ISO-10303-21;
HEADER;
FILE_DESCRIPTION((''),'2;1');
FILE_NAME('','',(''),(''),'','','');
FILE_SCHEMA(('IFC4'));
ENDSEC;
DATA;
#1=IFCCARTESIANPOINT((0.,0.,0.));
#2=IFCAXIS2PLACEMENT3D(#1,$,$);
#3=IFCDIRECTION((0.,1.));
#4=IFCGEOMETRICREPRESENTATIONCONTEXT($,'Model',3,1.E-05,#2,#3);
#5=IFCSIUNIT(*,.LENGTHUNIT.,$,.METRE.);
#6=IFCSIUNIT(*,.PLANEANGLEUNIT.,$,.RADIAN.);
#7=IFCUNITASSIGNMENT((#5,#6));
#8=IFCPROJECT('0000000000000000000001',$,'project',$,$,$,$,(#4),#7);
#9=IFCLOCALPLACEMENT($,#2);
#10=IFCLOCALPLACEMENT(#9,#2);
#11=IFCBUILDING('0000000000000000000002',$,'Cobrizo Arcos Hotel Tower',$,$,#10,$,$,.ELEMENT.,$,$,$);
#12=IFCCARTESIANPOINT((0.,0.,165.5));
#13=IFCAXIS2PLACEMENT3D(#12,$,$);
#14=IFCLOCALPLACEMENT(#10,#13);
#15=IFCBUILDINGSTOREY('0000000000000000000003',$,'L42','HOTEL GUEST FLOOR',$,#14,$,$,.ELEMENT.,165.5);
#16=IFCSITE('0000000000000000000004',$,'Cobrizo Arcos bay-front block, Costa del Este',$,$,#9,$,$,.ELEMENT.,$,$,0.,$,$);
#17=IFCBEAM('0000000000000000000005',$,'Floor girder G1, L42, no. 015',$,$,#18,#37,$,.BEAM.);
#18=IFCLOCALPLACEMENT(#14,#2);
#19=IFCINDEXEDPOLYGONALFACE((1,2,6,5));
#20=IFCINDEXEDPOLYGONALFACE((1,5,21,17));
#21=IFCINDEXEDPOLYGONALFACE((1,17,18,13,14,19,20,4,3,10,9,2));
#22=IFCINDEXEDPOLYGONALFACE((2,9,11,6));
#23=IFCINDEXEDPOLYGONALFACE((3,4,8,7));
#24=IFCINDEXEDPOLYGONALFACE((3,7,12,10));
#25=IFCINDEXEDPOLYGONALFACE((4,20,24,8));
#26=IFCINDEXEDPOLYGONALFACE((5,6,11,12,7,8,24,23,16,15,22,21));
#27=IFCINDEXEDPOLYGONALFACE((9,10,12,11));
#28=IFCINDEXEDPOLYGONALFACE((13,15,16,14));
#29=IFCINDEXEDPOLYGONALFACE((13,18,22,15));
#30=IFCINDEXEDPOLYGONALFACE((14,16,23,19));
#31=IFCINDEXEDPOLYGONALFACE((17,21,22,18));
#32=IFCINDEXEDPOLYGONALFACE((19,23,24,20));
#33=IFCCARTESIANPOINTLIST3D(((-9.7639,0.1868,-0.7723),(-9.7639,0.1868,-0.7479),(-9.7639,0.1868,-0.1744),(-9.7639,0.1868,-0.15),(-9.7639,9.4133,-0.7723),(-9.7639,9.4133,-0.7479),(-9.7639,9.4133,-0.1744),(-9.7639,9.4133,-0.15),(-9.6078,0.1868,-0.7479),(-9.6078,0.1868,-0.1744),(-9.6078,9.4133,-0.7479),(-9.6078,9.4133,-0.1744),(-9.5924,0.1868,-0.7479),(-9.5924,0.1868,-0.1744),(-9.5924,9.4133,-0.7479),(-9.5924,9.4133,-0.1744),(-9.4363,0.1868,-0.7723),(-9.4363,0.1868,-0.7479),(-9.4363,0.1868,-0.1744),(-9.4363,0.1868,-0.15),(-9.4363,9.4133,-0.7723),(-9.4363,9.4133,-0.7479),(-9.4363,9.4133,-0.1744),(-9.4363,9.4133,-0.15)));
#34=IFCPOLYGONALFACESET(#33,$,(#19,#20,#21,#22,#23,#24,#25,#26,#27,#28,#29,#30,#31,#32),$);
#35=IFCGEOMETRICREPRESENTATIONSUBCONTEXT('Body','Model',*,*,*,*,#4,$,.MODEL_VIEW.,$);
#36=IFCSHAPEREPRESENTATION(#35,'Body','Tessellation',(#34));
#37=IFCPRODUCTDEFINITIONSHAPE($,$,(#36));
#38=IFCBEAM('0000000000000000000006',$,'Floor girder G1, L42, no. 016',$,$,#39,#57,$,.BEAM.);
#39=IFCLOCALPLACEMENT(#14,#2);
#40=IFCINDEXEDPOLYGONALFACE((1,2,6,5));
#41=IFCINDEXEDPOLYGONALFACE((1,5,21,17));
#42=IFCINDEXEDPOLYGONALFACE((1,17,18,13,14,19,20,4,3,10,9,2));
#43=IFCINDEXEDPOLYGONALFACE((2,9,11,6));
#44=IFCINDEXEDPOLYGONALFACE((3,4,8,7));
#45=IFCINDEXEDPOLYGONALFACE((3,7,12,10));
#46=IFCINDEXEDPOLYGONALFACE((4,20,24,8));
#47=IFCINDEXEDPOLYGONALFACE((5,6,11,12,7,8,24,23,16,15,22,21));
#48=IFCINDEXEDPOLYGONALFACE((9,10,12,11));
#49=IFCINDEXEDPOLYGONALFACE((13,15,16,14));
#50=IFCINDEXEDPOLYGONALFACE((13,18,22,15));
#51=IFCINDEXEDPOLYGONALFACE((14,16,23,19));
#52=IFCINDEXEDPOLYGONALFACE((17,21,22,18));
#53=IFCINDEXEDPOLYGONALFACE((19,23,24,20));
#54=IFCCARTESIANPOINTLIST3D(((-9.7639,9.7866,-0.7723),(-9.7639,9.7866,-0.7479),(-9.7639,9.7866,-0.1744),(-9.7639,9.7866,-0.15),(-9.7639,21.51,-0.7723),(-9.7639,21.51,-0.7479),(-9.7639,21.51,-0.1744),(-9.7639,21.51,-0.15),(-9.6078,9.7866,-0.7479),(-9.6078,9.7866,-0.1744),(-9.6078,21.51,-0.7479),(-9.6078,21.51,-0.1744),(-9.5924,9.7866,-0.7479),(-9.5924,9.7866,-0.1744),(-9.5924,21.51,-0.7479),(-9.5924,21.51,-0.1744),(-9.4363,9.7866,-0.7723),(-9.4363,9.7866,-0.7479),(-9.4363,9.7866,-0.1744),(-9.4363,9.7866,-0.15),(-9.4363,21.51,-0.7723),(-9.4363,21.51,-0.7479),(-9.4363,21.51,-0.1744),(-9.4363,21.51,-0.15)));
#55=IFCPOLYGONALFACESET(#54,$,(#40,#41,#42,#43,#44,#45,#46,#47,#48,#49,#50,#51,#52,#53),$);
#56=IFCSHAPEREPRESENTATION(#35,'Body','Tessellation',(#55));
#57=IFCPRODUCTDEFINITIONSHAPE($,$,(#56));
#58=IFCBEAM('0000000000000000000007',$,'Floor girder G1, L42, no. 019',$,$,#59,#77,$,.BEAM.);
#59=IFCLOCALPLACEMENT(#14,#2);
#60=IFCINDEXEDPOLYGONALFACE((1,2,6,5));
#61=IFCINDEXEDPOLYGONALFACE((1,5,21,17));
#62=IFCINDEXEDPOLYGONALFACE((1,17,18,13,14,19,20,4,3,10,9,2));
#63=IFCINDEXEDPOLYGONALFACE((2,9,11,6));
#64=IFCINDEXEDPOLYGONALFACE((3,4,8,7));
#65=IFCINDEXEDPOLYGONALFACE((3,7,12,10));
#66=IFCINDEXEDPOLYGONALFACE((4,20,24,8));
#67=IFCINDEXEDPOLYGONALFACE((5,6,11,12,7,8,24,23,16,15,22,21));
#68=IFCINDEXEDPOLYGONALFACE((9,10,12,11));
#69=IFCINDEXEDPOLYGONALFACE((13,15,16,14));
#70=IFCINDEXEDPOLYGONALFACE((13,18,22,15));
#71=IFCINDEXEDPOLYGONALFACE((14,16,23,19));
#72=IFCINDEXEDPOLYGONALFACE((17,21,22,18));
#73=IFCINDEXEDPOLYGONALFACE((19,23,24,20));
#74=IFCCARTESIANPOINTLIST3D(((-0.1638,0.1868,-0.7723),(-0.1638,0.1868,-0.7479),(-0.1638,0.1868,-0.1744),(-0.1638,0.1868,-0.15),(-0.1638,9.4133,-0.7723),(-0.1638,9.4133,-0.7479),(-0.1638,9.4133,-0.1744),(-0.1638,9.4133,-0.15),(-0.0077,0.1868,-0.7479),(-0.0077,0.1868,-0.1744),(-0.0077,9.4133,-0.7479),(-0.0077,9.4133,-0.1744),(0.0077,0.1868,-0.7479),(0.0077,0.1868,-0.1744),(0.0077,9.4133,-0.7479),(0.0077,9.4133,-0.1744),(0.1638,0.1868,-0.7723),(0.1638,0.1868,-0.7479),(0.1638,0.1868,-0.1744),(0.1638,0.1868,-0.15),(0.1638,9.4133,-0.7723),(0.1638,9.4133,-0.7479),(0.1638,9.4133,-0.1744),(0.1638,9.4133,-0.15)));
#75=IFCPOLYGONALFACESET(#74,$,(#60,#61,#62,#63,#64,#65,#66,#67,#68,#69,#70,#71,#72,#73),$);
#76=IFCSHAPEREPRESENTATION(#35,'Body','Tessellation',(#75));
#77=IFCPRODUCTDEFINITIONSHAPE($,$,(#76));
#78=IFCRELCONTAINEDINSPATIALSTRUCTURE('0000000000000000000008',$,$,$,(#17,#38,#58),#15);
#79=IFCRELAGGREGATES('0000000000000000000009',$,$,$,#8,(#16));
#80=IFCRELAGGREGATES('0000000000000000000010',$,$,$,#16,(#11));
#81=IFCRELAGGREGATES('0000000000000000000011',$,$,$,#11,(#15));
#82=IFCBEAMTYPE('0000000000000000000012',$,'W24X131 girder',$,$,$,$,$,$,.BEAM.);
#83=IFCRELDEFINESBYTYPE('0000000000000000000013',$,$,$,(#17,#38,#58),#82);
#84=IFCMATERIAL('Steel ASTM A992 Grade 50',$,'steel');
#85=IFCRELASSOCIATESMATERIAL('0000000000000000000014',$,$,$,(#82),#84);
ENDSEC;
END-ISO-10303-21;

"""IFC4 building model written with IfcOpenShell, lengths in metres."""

from ifc_helpers import new_model, si_unit, direction, frame, origin, origin_2d, place, context, subcontext, project, spatial, i_section, extrude, material, material_profile, profile_set, type_object, element, save


model = new_model("IFC4")

# Units and contexts
model_context = context("Model", 3, precision=1e-05, world=origin(), true_north=direction((0.0, 1.0)))
body_context = subcontext(model_context, "Body", "Model", "MODEL_VIEW")
ifc_project = project(units=[si_unit("LENGTHUNIT", "METRE"), si_unit("PLANEANGLEUNIT", "RADIAN")], contexts=[model_context])

# Site, building, storey
site_placement = place(None, origin())
site = spatial("IfcSite", under=ifc_project, at=site_placement, Name="Cobrizo Arcos bay-front block, Costa del Este", CompositionType="ELEMENT", RefElevation=0.0)
building_placement = place(site_placement, origin())
building = spatial("IfcBuilding", under=site, at=building_placement, Name="Cobrizo Arcos Hotel Tower", CompositionType="ELEMENT")
storey_placement = place(building_placement, frame((0.0, 0.0, 165.5)))
storey = spatial("IfcBuildingStorey", under=building, at=storey_placement, Name="L42", Description="HOTEL GUEST FLOOR", CompositionType="ELEMENT", Elevation=165.5)

# Shared definitions
ifc_material_1 = material(Name="Steel ASTM A992 Grade 50", Category="steel")

# Beams
ifc_material_profile_1 = material_profile(ifc_material_1, i_section(OverallWidth=0.3276, OverallDepth=0.6223, WebThickness=0.0154, FlangeThickness=0.0244, at=origin_2d()), Name="W24X131")
ifc_profile_set_1 = profile_set([ifc_material_profile_1], Name="Steel ASTM A992 Grade 50")
beam_type_1 = type_object("IfcBeamType", Name="W24X131 girder", PredefinedType="BEAM", material=ifc_profile_set_1)
for number, where, z_axis, x_axis, name in (
    (1, (-9.6001, 0.1868, -0.4612), (0.0, 1.0, 0.0), (-1.0, 0.0, 0.0), "Floor girder G1, L42, no. 015"),
):
    element("IfcBeam", number, at=place(storey_placement, frame(where, z_axis=z_axis, x_axis=x_axis)), inside=storey, type_object=beam_type_1, Name=name, PredefinedType="BEAM", context=body_context, shape_type="SweptSolid", body=[
        extrude(i_section(OverallWidth=0.3276, OverallDepth=0.6223, WebThickness=0.0154, FlangeThickness=0.0244, at=origin_2d()), origin(), (0.0, 0.0, 1.0), 9.2266),
    ])
beam_1_placement = place(storey_placement, frame((-9.6001, 9.7866, -0.4612), z_axis=(0.0, 1.0, 0.0), x_axis=(-1.0, 0.0, 0.0)))
element("IfcBeam", 2, at=beam_1_placement, inside=storey, type_object=beam_type_1, Name="Floor girder G1, L42, no. 016", PredefinedType="BEAM", context=body_context, shape_type="SweptSolid", body=[
    extrude(i_section(OverallWidth=0.3276, OverallDepth=0.6223, WebThickness=0.0154, FlangeThickness=0.0244, at=origin_2d()), origin(), (0.0, 0.0, 1.0), 11.7234),
])
beam_2_placement = place(storey_placement, frame((0.0, 0.1868, -0.4612), z_axis=(0.0, 1.0, 0.0), x_axis=(-1.0, 0.0, 0.0)))
element("IfcBeam", 3, at=beam_2_placement, inside=storey, type_object=beam_type_1, Name="Floor girder G1, L42, no. 019", PredefinedType="BEAM", context=body_context, shape_type="SweptSolid", body=[
    extrude(i_section(OverallWidth=0.3276, OverallDepth=0.6223, WebThickness=0.0154, FlangeThickness=0.0244, at=origin_2d()), origin(), (0.0, 0.0, 1.0), 9.2266),
])

save(model, "model.ifc")
